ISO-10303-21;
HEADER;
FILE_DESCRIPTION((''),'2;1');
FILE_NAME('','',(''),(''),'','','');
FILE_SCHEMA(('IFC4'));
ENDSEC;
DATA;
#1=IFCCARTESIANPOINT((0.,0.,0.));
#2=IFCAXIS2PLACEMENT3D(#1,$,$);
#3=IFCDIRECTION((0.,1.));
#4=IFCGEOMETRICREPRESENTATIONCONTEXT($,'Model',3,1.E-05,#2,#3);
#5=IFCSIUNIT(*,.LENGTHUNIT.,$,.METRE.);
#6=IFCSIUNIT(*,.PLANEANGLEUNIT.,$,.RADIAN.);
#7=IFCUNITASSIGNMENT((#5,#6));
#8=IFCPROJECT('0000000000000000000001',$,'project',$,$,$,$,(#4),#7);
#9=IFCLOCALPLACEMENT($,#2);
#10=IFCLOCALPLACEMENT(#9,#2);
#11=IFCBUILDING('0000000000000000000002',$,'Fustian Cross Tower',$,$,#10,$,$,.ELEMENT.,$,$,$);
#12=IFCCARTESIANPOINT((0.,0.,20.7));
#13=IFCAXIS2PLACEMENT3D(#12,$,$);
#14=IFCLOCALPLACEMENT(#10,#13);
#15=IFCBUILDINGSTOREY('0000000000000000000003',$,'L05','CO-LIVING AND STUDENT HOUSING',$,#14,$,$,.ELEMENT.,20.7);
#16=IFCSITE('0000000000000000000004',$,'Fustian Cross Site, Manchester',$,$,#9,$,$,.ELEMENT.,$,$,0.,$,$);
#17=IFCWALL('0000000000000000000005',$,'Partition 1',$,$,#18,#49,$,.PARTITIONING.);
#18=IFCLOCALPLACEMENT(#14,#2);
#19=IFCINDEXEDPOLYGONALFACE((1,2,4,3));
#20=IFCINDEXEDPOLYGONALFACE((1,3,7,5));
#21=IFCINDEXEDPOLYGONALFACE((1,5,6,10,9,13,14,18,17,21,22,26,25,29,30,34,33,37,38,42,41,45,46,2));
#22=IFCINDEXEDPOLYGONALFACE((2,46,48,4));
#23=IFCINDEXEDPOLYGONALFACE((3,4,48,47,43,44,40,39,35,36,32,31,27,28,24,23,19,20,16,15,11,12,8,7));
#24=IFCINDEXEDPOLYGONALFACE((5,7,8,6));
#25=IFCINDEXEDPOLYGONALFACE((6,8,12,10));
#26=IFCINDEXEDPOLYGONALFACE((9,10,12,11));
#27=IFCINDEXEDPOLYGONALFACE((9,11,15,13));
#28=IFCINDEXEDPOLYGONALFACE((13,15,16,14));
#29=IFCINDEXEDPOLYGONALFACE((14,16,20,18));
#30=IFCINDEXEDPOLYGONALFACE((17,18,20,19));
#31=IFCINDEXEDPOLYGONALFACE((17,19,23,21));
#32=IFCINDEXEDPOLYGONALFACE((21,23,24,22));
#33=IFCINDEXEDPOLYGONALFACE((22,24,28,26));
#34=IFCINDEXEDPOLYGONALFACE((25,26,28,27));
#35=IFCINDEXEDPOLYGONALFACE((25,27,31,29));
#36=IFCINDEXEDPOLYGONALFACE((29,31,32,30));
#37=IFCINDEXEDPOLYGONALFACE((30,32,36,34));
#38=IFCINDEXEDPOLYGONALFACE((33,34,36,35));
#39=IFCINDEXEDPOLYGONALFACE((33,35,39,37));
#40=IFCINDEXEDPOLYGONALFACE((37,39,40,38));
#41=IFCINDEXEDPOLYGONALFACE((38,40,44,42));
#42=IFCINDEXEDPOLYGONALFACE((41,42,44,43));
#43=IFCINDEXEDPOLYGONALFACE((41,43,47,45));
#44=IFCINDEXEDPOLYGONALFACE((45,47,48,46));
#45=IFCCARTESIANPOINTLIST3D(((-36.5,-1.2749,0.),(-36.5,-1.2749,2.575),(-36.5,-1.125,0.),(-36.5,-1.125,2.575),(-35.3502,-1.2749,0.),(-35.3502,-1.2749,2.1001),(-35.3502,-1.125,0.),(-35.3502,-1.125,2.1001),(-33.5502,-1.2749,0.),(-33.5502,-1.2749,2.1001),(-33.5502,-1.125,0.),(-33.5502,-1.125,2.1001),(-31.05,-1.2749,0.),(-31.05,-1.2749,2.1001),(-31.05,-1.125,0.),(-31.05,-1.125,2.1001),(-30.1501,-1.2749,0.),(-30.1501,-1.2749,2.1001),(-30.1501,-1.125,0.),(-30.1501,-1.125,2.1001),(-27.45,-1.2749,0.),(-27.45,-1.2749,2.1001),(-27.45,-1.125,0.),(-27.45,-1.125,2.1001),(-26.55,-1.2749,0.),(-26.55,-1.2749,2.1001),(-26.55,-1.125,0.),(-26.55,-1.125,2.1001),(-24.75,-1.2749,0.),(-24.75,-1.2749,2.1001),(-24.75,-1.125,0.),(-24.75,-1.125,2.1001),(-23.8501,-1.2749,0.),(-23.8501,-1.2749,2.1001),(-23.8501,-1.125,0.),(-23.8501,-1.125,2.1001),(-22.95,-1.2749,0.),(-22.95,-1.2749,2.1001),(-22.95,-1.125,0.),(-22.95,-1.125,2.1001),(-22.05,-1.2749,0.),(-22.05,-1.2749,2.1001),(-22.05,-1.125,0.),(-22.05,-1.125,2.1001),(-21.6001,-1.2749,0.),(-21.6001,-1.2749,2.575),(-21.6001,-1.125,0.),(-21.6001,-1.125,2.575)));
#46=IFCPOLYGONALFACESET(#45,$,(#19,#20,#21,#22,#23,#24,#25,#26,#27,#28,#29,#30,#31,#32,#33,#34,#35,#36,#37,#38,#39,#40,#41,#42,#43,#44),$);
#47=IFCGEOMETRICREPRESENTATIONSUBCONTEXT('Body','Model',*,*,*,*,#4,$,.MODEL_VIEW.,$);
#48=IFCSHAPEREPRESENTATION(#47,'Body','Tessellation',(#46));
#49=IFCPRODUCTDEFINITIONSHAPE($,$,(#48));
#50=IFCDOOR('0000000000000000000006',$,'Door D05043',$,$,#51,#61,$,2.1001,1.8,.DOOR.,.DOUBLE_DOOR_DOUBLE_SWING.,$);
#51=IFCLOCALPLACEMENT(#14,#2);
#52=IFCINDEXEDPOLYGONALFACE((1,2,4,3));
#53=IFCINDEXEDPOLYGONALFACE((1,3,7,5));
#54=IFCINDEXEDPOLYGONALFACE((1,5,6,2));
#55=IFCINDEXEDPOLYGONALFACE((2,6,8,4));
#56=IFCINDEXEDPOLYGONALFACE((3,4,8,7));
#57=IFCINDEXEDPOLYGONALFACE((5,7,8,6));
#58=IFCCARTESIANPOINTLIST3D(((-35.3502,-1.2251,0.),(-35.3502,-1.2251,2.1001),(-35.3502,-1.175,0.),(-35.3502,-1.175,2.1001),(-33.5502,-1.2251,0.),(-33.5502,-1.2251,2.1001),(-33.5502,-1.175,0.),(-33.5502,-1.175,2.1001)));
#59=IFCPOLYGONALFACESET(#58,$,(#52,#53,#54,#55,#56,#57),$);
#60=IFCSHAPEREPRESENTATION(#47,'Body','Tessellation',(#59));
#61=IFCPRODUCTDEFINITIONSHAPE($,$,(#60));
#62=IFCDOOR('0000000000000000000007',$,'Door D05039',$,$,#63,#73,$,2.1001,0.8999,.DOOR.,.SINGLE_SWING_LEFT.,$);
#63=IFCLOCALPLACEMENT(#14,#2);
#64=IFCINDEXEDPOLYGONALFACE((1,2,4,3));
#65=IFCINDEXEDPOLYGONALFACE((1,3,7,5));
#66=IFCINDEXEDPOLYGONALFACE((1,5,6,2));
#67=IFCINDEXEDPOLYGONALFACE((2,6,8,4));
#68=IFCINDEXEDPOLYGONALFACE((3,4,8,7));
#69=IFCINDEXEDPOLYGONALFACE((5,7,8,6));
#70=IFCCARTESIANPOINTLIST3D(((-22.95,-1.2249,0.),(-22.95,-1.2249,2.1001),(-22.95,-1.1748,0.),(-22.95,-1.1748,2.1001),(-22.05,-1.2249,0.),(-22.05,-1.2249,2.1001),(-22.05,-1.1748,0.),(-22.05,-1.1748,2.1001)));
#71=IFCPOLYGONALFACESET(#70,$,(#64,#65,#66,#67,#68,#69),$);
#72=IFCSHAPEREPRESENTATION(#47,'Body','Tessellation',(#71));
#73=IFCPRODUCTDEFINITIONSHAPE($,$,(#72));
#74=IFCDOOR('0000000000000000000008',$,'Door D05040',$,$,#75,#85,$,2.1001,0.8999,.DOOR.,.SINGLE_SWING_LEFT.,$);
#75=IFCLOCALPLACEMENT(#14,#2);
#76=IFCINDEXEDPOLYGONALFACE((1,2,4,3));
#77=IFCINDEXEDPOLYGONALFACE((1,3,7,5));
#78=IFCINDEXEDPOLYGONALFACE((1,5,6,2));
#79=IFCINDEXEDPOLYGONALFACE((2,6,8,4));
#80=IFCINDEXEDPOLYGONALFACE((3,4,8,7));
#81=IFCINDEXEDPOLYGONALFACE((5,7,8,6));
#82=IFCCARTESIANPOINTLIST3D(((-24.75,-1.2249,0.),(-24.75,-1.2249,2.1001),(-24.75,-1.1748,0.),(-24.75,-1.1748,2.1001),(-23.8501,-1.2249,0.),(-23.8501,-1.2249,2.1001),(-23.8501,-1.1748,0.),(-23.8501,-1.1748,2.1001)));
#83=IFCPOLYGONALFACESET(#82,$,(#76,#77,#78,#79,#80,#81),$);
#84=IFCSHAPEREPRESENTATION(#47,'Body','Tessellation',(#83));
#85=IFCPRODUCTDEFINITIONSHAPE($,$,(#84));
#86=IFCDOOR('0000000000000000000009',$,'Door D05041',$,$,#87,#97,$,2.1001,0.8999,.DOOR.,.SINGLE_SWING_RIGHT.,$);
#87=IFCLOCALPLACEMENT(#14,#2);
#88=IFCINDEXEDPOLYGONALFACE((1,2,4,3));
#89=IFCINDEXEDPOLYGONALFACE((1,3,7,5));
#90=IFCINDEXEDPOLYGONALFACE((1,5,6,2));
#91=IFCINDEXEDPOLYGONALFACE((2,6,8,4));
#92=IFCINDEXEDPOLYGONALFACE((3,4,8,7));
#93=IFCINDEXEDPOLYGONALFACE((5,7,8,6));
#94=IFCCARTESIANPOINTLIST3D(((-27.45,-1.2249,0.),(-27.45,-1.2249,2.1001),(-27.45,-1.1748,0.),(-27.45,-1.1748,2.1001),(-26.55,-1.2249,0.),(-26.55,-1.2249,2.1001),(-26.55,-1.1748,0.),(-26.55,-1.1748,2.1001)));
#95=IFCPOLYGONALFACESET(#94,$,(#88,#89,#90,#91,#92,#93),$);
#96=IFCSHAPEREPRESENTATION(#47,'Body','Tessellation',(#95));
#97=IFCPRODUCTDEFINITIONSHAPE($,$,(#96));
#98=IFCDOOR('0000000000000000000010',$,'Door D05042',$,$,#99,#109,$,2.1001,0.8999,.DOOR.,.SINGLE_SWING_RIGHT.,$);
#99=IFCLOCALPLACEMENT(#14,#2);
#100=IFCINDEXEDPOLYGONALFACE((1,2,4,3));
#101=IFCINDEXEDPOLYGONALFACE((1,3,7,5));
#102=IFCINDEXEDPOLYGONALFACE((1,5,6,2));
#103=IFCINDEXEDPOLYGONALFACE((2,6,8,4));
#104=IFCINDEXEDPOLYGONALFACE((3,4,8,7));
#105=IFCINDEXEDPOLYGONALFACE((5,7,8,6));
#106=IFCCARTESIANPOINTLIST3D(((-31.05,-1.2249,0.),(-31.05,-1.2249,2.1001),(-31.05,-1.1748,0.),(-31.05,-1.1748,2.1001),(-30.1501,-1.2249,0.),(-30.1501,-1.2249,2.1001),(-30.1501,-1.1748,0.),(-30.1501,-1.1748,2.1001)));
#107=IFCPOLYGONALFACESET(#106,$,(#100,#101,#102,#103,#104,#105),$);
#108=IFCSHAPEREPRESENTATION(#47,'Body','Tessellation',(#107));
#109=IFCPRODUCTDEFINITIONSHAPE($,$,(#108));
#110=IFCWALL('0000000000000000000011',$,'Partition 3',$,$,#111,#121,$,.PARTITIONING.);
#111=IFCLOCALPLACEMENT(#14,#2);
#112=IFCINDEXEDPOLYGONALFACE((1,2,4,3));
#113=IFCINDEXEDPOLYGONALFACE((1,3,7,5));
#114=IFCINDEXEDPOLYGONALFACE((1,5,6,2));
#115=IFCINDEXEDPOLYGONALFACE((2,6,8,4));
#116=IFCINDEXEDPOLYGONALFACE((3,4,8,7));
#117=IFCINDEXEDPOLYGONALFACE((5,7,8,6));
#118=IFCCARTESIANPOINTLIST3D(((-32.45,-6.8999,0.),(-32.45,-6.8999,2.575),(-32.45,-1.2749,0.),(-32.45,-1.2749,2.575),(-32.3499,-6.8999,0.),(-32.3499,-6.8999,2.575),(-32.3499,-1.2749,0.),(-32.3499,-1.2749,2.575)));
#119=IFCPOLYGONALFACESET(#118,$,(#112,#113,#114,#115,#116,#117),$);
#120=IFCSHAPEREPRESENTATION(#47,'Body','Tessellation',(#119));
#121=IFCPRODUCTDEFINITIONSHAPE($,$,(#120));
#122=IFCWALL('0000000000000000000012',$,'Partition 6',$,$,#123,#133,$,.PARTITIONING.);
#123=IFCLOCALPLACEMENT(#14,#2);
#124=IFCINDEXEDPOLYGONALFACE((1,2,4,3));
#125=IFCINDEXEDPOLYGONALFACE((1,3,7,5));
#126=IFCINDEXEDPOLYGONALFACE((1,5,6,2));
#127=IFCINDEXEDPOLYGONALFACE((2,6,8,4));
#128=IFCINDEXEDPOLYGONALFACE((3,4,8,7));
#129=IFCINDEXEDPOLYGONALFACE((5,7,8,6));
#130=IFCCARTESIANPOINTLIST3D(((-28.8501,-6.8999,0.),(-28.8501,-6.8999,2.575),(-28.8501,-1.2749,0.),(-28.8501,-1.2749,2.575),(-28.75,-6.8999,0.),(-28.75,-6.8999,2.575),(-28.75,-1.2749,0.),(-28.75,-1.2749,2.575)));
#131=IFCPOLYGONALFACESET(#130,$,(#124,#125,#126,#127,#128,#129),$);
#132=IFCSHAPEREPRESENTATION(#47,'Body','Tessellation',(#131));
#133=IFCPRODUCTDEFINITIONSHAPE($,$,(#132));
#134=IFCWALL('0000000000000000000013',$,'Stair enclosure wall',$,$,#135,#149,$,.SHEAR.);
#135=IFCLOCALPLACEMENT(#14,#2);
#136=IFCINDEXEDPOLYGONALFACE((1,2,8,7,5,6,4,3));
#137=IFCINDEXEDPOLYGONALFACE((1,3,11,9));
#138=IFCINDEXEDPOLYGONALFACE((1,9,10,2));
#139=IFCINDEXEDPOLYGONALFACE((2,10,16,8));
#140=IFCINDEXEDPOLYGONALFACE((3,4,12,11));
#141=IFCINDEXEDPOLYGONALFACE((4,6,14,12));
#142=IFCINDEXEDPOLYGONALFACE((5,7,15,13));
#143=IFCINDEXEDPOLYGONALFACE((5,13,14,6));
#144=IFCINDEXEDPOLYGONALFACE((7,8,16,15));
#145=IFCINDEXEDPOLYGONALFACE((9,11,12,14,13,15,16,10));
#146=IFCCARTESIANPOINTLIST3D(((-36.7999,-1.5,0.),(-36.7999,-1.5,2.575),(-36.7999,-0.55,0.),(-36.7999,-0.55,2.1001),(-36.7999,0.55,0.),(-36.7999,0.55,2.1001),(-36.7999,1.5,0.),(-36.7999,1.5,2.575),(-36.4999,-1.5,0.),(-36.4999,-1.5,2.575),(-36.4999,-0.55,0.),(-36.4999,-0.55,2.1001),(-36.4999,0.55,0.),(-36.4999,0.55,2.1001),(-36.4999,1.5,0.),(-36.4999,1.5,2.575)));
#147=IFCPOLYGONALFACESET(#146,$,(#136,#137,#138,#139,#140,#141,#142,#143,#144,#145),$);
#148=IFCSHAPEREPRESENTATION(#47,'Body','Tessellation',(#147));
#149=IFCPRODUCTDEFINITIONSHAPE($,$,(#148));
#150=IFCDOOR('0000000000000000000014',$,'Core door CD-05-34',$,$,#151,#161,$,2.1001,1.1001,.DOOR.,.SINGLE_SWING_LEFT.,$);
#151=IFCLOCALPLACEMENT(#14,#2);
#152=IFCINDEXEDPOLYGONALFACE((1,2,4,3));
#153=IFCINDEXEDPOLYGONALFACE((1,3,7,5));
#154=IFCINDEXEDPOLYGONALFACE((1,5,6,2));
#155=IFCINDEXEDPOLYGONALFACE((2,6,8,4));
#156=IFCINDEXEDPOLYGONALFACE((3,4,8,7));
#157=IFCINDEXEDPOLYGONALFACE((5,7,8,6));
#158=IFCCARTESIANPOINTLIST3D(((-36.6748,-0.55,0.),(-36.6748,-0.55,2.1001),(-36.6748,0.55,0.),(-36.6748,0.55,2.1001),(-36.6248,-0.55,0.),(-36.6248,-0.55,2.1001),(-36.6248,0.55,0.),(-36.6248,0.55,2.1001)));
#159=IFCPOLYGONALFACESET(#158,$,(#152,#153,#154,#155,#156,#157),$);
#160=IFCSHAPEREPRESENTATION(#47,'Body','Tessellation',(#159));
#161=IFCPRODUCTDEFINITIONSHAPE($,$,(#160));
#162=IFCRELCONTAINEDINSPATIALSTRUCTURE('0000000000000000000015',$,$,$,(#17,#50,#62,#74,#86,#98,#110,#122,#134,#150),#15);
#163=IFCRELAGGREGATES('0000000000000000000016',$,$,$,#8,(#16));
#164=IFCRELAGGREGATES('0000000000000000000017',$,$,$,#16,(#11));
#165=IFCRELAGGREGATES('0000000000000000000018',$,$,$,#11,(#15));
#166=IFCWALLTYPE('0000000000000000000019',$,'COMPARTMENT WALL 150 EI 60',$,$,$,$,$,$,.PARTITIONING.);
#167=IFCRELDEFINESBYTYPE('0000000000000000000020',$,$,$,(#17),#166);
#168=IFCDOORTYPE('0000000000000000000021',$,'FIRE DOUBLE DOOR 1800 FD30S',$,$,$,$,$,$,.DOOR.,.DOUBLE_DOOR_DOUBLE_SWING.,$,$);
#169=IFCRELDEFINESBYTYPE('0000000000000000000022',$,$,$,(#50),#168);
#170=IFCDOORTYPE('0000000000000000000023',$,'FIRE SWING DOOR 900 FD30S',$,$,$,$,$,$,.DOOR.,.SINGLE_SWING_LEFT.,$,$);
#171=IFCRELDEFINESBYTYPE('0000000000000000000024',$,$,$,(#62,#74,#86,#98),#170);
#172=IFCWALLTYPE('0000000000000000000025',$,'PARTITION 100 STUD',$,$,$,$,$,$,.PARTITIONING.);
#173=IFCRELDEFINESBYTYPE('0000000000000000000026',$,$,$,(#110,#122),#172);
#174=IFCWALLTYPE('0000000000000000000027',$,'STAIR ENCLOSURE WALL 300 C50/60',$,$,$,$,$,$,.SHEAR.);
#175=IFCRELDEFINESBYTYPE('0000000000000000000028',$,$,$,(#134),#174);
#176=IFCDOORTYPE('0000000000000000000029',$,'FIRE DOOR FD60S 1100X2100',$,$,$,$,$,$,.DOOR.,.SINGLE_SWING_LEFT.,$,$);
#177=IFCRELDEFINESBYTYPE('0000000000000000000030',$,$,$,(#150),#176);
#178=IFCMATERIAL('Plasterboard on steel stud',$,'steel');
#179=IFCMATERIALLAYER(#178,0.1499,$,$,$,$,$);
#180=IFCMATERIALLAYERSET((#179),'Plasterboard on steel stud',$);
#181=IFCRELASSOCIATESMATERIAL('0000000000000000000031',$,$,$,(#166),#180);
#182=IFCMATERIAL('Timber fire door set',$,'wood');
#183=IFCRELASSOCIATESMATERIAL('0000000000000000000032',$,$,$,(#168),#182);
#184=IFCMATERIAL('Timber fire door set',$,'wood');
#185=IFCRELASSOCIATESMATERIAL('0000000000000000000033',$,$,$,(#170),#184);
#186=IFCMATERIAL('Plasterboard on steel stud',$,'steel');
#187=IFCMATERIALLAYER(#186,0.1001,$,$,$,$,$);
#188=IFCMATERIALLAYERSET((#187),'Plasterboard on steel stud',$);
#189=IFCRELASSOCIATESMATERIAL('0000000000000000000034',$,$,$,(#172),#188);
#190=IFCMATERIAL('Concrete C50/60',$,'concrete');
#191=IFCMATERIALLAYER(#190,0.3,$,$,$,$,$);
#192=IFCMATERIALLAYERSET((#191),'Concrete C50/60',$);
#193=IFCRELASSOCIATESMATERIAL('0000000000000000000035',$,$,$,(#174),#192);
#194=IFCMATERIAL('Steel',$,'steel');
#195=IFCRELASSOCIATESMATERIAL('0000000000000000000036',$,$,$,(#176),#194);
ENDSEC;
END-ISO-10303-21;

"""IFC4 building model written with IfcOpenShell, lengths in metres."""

from ifc_helpers import new_model, si_unit, direction, frame, frame_2d, origin, place, context, subcontext, project, spatial, rectangle, extrude, material, layer, layer_set, type_object, element, fill, save


model = new_model("IFC4")

# Units and contexts
model_context = context("Model", 3, precision=1e-05, world=origin(), true_north=direction((0.0, 1.0)))
body_context = subcontext(model_context, "Body", "Model", "MODEL_VIEW")
ifc_project = project(units=[si_unit("LENGTHUNIT", "METRE"), si_unit("PLANEANGLEUNIT", "RADIAN")], contexts=[model_context])

# Site, building, storey
site_placement = place(None, origin())
site = spatial("IfcSite", under=ifc_project, at=site_placement, Name="Fustian Cross Site, Manchester", CompositionType="ELEMENT", RefElevation=0.0)
building_placement = place(site_placement, origin())
building = spatial("IfcBuilding", under=site, at=building_placement, Name="Fustian Cross Tower", CompositionType="ELEMENT")
storey_placement = place(building_placement, frame((0.0, 0.0, 20.7)))
storey = spatial("IfcBuildingStorey", under=building, at=storey_placement, Name="L05", Description="CO-LIVING AND STUDENT HOUSING", CompositionType="ELEMENT", Elevation=20.7)

# Wall, openings, doors
ifc_material_1 = material(Name="Plasterboard on steel stud", Category="steel")
ifc_layer_1 = layer(ifc_material_1, 0.1499)
ifc_layer_set_1 = layer_set([ifc_layer_1], Name="Plasterboard on steel stud")
wall_type_1 = type_object("IfcWallType", Name="COMPARTMENT WALL 150 EI 60", PredefinedType="PARTITIONING", material=ifc_layer_set_1)
wall_1_placement = place(storey_placement, frame((-36.5, -1.2, 0.0), z_axis=(0.0, 0.0, 1.0), x_axis=(1.0, 0.0, 0.0)))
wall_1 = element("IfcWall", 1, at=wall_1_placement, inside=storey, type_object=wall_type_1, Name="Partition 1", PredefinedType="PARTITIONING", context=body_context, shape_type="SweptSolid", body=[
    extrude(rectangle(XDim=14.8999, YDim=0.1499, at=frame_2d((7.45, 0.0))), origin(), (0.0, 0.0, 1.0), 2.575),
])
opening_1_placement = place(wall_1_placement, frame((13.55, 0.0, 0.0)))
opening_1 = element("IfcOpeningElement", 2, at=opening_1_placement, cuts=wall_1, PredefinedType="OPENING", context=body_context, shape_type="SweptSolid", body=[
    extrude(rectangle(XDim=0.8999, YDim=2.1001, at=frame_2d((0.45, 1.05))), frame((0.0, 0.085, 0.0), z_axis=(0.0, -1.0, 0.0), x_axis=(1.0, 0.0, 0.0)), (0.0, 0.0, 1.0), 0.1699),
])
opening_2_placement = place(wall_1_placement, frame((11.75, 0.0, 0.0)))
opening_2 = element("IfcOpeningElement", 3, at=opening_2_placement, cuts=wall_1, PredefinedType="OPENING", context=body_context, shape_type="SweptSolid", body=[
    extrude(rectangle(XDim=0.8999, YDim=2.1001, at=frame_2d((0.45, 1.05))), frame((0.0, 0.085, 0.0), z_axis=(0.0, -1.0, 0.0), x_axis=(1.0, 0.0, 0.0)), (0.0, 0.0, 1.0), 0.1699),
])
opening_3_placement = place(wall_1_placement, frame((9.05, 0.0, 0.0)))
opening_3 = element("IfcOpeningElement", 4, at=opening_3_placement, cuts=wall_1, PredefinedType="OPENING", context=body_context, shape_type="SweptSolid", body=[
    extrude(rectangle(XDim=0.8999, YDim=2.1001, at=frame_2d((0.45, 1.05))), frame((0.0, 0.085, 0.0), z_axis=(0.0, -1.0, 0.0), x_axis=(1.0, 0.0, 0.0)), (0.0, 0.0, 1.0), 0.1699),
])
opening_4_placement = place(wall_1_placement, frame((5.45, 0.0, 0.0)))
opening_4 = element("IfcOpeningElement", 5, at=opening_4_placement, cuts=wall_1, PredefinedType="OPENING", context=body_context, shape_type="SweptSolid", body=[
    extrude(rectangle(XDim=0.8999, YDim=2.1001, at=frame_2d((0.45, 1.05))), frame((0.0, 0.085, 0.0), z_axis=(0.0, -1.0, 0.0), x_axis=(1.0, 0.0, 0.0)), (0.0, 0.0, 1.0), 0.1699),
])
opening_5_placement = place(wall_1_placement, frame((1.1499, 0.0, 0.0)))
opening_5 = element("IfcOpeningElement", 6, at=opening_5_placement, cuts=wall_1, PredefinedType="OPENING", context=body_context, shape_type="SweptSolid", body=[
    extrude(rectangle(XDim=1.8, YDim=2.1001, at=frame_2d((0.8999, 1.05))), frame((0.0, 0.085, 0.0), z_axis=(0.0, -1.0, 0.0), x_axis=(1.0, 0.0, 0.0)), (0.0, 0.0, 1.0), 0.1699),
])
ifc_material_2 = material(Name="Timber fire door set", Category="wood")
door_type_1 = type_object("IfcDoorType", Name="FIRE DOUBLE DOOR 1800 FD30S", OperationType="DOUBLE_DOOR_DOUBLE_SWING", PredefinedType="DOOR", material=ifc_material_2)
door_1_placement = place(opening_5_placement, origin())
door_1 = element("IfcDoor", 7, at=door_1_placement, inside=storey, type_object=door_type_1, Name="Door D05043", OperationType="DOUBLE_DOOR_DOUBLE_SWING", OverallHeight=2.1001, OverallWidth=1.8, PredefinedType="DOOR", context=body_context, shape_type="SweptSolid", body=[
    extrude(rectangle(XDim=1.8, YDim=2.1001, at=frame_2d((0.8999, 1.05))), frame((0.0, 0.0249, 0.0), z_axis=(0.0, -1.0, 0.0), x_axis=(1.0, 0.0, 0.0)), (0.0, 0.0, 1.0), 0.05),
])
fill(opening_5, door_1)
ifc_material_3 = material(Name="Timber fire door set", Category="wood")
door_type_2 = type_object("IfcDoorType", Name="FIRE SWING DOOR 900 FD30S", OperationType="SINGLE_SWING_LEFT", PredefinedType="DOOR", material=ifc_material_3)
door_2_placement = place(opening_1_placement, frame((0.8999, 0.0, 0.0), z_axis=(0.0, 0.0, 1.0), x_axis=(-1.0, 0.0, 0.0)))
door_2 = element("IfcDoor", 8, at=door_2_placement, inside=storey, type_object=door_type_2, Name="Door D05039", OperationType="SINGLE_SWING_LEFT", OverallHeight=2.1001, OverallWidth=0.8999, PredefinedType="DOOR", context=body_context, shape_type="SweptSolid", body=[
    extrude(rectangle(XDim=0.8999, YDim=2.1001, at=frame_2d((0.45, 1.05))), frame((0.0, 0.0249, 0.0), z_axis=(0.0, -1.0, 0.0), x_axis=(1.0, 0.0, 0.0)), (0.0, 0.0, 1.0), 0.05),
])
fill(opening_1, door_2)
door_3_placement = place(opening_2_placement, frame((0.8999, 0.0, 0.0), z_axis=(0.0, 0.0, 1.0), x_axis=(-1.0, 0.0, 0.0)))
door_3 = element("IfcDoor", 9, at=door_3_placement, inside=storey, type_object=door_type_2, Name="Door D05040", OperationType="SINGLE_SWING_LEFT", OverallHeight=2.1001, OverallWidth=0.8999, PredefinedType="DOOR", context=body_context, shape_type="SweptSolid", body=[
    extrude(rectangle(XDim=0.8999, YDim=2.1001, at=frame_2d((0.45, 1.05))), frame((0.0, 0.0249, 0.0), z_axis=(0.0, -1.0, 0.0), x_axis=(1.0, 0.0, 0.0)), (0.0, 0.0, 1.0), 0.05),
])
fill(opening_2, door_3)
door_4_placement = place(opening_3_placement, frame((0.8999, 0.0, 0.0), z_axis=(0.0, 0.0, 1.0), x_axis=(-1.0, 0.0, 0.0)))
door_4 = element("IfcDoor", 10, at=door_4_placement, inside=storey, type_object=door_type_2, Name="Door D05041", OperationType="SINGLE_SWING_RIGHT", OverallHeight=2.1001, OverallWidth=0.8999, PredefinedType="DOOR", context=body_context, shape_type="SweptSolid", body=[
    extrude(rectangle(XDim=0.8999, YDim=2.1001, at=frame_2d((0.45, 1.05))), frame((0.0, 0.0249, 0.0), z_axis=(0.0, -1.0, 0.0), x_axis=(1.0, 0.0, 0.0)), (0.0, 0.0, 1.0), 0.05),
])
fill(opening_3, door_4)
door_5_placement = place(opening_4_placement, frame((0.8999, 0.0, 0.0), z_axis=(0.0, 0.0, 1.0), x_axis=(-1.0, 0.0, 0.0)))
door_5 = element("IfcDoor", 11, at=door_5_placement, inside=storey, type_object=door_type_2, Name="Door D05042", OperationType="SINGLE_SWING_RIGHT", OverallHeight=2.1001, OverallWidth=0.8999, PredefinedType="DOOR", context=body_context, shape_type="SweptSolid", body=[
    extrude(rectangle(XDim=0.8999, YDim=2.1001, at=frame_2d((0.45, 1.05))), frame((0.0, 0.0249, 0.0), z_axis=(0.0, -1.0, 0.0), x_axis=(1.0, 0.0, 0.0)), (0.0, 0.0, 1.0), 0.05),
])
fill(opening_4, door_5)

# Walls
ifc_material_4 = material(Name="Plasterboard on steel stud", Category="steel")
ifc_layer_2 = layer(ifc_material_4, 0.1001)
ifc_layer_set_2 = layer_set([ifc_layer_2], Name="Plasterboard on steel stud")
wall_type_2 = type_object("IfcWallType", Name="PARTITION 100 STUD", PredefinedType="PARTITIONING", material=ifc_layer_set_2)
for number, where, z_axis, x_axis, name in (
    (12, (-32.3999, -6.8999, 0.0), (0.0, 0.0, 1.0), (0.0, 1.0, 0.0), "Partition 3"),
    (13, (-28.8, -6.8999, 0.0), (0.0, 0.0, 1.0), (0.0, 1.0, 0.0), "Partition 6"),
):
    element("IfcWall", number, at=place(storey_placement, frame(where, z_axis=z_axis, x_axis=x_axis)), inside=storey, type_object=wall_type_2, Name=name, PredefinedType="PARTITIONING", context=body_context, shape_type="SweptSolid", body=[
        extrude(rectangle(XDim=5.625, YDim=0.1001, at=frame_2d((2.8125, 0.0))), origin(), (0.0, 0.0, 1.0), 2.575),
    ])

# Wall, opening, door
ifc_material_5 = material(Name="Concrete C50/60", Category="concrete")
ifc_layer_3 = layer(ifc_material_5, 0.3)
ifc_layer_set_3 = layer_set([ifc_layer_3], Name="Concrete C50/60")
wall_type_3 = type_object("IfcWallType", Name="STAIR ENCLOSURE WALL 300 C50/60", PredefinedType="SHEAR", material=ifc_layer_set_3)
wall_2_placement = place(storey_placement, frame((-36.6499, -1.5, 0.0), z_axis=(0.0, 0.0, 1.0), x_axis=(0.0, 1.0, 0.0)))
wall_2 = element("IfcWall", 14, at=wall_2_placement, inside=storey, type_object=wall_type_3, Name="Stair enclosure wall", PredefinedType="SHEAR", context=body_context, shape_type="SweptSolid", body=[
    extrude(rectangle(XDim=3.0, YDim=0.3, at=frame_2d((1.5, 0.0))), origin(), (0.0, 0.0, 1.0), 2.575),
])
opening_6_placement = place(wall_2_placement, frame((0.95, 0.0, 0.0)))
opening_6 = element("IfcOpeningElement", 15, at=opening_6_placement, cuts=wall_2, PredefinedType="OPENING", context=body_context, shape_type="SweptSolid", body=[
    extrude(rectangle(XDim=1.1001, YDim=2.1001, at=frame_2d((0.55, 1.05))), frame((0.0, 0.1599, 0.0), z_axis=(0.0, -1.0, 0.0), x_axis=(1.0, 0.0, 0.0)), (0.0, 0.0, 1.0), 0.3201),
])
ifc_material_6 = material(Name="Steel", Category="steel")
door_type_3 = type_object("IfcDoorType", Name="FIRE DOOR FD60S 1100X2100", OperationType="SINGLE_SWING_LEFT", PredefinedType="DOOR", material=ifc_material_6)
door_6_placement = place(opening_6_placement, origin())
door_6 = element("IfcDoor", 16, at=door_6_placement, inside=storey, type_object=door_type_3, Name="Core door CD-05-34", OperationType="SINGLE_SWING_LEFT", OverallHeight=2.1001, OverallWidth=1.1001, PredefinedType="DOOR", context=body_context, shape_type="SweptSolid", body=[
    extrude(rectangle(XDim=1.1001, YDim=2.1001, at=frame_2d((0.55, 1.05))), frame((0.0, 0.0249, 0.0), z_axis=(0.0, -1.0, 0.0), x_axis=(1.0, 0.0, 0.0)), (0.0, 0.0, 1.0), 0.05),
])
fill(opening_6, door_6)

save(model, "model.ifc")
